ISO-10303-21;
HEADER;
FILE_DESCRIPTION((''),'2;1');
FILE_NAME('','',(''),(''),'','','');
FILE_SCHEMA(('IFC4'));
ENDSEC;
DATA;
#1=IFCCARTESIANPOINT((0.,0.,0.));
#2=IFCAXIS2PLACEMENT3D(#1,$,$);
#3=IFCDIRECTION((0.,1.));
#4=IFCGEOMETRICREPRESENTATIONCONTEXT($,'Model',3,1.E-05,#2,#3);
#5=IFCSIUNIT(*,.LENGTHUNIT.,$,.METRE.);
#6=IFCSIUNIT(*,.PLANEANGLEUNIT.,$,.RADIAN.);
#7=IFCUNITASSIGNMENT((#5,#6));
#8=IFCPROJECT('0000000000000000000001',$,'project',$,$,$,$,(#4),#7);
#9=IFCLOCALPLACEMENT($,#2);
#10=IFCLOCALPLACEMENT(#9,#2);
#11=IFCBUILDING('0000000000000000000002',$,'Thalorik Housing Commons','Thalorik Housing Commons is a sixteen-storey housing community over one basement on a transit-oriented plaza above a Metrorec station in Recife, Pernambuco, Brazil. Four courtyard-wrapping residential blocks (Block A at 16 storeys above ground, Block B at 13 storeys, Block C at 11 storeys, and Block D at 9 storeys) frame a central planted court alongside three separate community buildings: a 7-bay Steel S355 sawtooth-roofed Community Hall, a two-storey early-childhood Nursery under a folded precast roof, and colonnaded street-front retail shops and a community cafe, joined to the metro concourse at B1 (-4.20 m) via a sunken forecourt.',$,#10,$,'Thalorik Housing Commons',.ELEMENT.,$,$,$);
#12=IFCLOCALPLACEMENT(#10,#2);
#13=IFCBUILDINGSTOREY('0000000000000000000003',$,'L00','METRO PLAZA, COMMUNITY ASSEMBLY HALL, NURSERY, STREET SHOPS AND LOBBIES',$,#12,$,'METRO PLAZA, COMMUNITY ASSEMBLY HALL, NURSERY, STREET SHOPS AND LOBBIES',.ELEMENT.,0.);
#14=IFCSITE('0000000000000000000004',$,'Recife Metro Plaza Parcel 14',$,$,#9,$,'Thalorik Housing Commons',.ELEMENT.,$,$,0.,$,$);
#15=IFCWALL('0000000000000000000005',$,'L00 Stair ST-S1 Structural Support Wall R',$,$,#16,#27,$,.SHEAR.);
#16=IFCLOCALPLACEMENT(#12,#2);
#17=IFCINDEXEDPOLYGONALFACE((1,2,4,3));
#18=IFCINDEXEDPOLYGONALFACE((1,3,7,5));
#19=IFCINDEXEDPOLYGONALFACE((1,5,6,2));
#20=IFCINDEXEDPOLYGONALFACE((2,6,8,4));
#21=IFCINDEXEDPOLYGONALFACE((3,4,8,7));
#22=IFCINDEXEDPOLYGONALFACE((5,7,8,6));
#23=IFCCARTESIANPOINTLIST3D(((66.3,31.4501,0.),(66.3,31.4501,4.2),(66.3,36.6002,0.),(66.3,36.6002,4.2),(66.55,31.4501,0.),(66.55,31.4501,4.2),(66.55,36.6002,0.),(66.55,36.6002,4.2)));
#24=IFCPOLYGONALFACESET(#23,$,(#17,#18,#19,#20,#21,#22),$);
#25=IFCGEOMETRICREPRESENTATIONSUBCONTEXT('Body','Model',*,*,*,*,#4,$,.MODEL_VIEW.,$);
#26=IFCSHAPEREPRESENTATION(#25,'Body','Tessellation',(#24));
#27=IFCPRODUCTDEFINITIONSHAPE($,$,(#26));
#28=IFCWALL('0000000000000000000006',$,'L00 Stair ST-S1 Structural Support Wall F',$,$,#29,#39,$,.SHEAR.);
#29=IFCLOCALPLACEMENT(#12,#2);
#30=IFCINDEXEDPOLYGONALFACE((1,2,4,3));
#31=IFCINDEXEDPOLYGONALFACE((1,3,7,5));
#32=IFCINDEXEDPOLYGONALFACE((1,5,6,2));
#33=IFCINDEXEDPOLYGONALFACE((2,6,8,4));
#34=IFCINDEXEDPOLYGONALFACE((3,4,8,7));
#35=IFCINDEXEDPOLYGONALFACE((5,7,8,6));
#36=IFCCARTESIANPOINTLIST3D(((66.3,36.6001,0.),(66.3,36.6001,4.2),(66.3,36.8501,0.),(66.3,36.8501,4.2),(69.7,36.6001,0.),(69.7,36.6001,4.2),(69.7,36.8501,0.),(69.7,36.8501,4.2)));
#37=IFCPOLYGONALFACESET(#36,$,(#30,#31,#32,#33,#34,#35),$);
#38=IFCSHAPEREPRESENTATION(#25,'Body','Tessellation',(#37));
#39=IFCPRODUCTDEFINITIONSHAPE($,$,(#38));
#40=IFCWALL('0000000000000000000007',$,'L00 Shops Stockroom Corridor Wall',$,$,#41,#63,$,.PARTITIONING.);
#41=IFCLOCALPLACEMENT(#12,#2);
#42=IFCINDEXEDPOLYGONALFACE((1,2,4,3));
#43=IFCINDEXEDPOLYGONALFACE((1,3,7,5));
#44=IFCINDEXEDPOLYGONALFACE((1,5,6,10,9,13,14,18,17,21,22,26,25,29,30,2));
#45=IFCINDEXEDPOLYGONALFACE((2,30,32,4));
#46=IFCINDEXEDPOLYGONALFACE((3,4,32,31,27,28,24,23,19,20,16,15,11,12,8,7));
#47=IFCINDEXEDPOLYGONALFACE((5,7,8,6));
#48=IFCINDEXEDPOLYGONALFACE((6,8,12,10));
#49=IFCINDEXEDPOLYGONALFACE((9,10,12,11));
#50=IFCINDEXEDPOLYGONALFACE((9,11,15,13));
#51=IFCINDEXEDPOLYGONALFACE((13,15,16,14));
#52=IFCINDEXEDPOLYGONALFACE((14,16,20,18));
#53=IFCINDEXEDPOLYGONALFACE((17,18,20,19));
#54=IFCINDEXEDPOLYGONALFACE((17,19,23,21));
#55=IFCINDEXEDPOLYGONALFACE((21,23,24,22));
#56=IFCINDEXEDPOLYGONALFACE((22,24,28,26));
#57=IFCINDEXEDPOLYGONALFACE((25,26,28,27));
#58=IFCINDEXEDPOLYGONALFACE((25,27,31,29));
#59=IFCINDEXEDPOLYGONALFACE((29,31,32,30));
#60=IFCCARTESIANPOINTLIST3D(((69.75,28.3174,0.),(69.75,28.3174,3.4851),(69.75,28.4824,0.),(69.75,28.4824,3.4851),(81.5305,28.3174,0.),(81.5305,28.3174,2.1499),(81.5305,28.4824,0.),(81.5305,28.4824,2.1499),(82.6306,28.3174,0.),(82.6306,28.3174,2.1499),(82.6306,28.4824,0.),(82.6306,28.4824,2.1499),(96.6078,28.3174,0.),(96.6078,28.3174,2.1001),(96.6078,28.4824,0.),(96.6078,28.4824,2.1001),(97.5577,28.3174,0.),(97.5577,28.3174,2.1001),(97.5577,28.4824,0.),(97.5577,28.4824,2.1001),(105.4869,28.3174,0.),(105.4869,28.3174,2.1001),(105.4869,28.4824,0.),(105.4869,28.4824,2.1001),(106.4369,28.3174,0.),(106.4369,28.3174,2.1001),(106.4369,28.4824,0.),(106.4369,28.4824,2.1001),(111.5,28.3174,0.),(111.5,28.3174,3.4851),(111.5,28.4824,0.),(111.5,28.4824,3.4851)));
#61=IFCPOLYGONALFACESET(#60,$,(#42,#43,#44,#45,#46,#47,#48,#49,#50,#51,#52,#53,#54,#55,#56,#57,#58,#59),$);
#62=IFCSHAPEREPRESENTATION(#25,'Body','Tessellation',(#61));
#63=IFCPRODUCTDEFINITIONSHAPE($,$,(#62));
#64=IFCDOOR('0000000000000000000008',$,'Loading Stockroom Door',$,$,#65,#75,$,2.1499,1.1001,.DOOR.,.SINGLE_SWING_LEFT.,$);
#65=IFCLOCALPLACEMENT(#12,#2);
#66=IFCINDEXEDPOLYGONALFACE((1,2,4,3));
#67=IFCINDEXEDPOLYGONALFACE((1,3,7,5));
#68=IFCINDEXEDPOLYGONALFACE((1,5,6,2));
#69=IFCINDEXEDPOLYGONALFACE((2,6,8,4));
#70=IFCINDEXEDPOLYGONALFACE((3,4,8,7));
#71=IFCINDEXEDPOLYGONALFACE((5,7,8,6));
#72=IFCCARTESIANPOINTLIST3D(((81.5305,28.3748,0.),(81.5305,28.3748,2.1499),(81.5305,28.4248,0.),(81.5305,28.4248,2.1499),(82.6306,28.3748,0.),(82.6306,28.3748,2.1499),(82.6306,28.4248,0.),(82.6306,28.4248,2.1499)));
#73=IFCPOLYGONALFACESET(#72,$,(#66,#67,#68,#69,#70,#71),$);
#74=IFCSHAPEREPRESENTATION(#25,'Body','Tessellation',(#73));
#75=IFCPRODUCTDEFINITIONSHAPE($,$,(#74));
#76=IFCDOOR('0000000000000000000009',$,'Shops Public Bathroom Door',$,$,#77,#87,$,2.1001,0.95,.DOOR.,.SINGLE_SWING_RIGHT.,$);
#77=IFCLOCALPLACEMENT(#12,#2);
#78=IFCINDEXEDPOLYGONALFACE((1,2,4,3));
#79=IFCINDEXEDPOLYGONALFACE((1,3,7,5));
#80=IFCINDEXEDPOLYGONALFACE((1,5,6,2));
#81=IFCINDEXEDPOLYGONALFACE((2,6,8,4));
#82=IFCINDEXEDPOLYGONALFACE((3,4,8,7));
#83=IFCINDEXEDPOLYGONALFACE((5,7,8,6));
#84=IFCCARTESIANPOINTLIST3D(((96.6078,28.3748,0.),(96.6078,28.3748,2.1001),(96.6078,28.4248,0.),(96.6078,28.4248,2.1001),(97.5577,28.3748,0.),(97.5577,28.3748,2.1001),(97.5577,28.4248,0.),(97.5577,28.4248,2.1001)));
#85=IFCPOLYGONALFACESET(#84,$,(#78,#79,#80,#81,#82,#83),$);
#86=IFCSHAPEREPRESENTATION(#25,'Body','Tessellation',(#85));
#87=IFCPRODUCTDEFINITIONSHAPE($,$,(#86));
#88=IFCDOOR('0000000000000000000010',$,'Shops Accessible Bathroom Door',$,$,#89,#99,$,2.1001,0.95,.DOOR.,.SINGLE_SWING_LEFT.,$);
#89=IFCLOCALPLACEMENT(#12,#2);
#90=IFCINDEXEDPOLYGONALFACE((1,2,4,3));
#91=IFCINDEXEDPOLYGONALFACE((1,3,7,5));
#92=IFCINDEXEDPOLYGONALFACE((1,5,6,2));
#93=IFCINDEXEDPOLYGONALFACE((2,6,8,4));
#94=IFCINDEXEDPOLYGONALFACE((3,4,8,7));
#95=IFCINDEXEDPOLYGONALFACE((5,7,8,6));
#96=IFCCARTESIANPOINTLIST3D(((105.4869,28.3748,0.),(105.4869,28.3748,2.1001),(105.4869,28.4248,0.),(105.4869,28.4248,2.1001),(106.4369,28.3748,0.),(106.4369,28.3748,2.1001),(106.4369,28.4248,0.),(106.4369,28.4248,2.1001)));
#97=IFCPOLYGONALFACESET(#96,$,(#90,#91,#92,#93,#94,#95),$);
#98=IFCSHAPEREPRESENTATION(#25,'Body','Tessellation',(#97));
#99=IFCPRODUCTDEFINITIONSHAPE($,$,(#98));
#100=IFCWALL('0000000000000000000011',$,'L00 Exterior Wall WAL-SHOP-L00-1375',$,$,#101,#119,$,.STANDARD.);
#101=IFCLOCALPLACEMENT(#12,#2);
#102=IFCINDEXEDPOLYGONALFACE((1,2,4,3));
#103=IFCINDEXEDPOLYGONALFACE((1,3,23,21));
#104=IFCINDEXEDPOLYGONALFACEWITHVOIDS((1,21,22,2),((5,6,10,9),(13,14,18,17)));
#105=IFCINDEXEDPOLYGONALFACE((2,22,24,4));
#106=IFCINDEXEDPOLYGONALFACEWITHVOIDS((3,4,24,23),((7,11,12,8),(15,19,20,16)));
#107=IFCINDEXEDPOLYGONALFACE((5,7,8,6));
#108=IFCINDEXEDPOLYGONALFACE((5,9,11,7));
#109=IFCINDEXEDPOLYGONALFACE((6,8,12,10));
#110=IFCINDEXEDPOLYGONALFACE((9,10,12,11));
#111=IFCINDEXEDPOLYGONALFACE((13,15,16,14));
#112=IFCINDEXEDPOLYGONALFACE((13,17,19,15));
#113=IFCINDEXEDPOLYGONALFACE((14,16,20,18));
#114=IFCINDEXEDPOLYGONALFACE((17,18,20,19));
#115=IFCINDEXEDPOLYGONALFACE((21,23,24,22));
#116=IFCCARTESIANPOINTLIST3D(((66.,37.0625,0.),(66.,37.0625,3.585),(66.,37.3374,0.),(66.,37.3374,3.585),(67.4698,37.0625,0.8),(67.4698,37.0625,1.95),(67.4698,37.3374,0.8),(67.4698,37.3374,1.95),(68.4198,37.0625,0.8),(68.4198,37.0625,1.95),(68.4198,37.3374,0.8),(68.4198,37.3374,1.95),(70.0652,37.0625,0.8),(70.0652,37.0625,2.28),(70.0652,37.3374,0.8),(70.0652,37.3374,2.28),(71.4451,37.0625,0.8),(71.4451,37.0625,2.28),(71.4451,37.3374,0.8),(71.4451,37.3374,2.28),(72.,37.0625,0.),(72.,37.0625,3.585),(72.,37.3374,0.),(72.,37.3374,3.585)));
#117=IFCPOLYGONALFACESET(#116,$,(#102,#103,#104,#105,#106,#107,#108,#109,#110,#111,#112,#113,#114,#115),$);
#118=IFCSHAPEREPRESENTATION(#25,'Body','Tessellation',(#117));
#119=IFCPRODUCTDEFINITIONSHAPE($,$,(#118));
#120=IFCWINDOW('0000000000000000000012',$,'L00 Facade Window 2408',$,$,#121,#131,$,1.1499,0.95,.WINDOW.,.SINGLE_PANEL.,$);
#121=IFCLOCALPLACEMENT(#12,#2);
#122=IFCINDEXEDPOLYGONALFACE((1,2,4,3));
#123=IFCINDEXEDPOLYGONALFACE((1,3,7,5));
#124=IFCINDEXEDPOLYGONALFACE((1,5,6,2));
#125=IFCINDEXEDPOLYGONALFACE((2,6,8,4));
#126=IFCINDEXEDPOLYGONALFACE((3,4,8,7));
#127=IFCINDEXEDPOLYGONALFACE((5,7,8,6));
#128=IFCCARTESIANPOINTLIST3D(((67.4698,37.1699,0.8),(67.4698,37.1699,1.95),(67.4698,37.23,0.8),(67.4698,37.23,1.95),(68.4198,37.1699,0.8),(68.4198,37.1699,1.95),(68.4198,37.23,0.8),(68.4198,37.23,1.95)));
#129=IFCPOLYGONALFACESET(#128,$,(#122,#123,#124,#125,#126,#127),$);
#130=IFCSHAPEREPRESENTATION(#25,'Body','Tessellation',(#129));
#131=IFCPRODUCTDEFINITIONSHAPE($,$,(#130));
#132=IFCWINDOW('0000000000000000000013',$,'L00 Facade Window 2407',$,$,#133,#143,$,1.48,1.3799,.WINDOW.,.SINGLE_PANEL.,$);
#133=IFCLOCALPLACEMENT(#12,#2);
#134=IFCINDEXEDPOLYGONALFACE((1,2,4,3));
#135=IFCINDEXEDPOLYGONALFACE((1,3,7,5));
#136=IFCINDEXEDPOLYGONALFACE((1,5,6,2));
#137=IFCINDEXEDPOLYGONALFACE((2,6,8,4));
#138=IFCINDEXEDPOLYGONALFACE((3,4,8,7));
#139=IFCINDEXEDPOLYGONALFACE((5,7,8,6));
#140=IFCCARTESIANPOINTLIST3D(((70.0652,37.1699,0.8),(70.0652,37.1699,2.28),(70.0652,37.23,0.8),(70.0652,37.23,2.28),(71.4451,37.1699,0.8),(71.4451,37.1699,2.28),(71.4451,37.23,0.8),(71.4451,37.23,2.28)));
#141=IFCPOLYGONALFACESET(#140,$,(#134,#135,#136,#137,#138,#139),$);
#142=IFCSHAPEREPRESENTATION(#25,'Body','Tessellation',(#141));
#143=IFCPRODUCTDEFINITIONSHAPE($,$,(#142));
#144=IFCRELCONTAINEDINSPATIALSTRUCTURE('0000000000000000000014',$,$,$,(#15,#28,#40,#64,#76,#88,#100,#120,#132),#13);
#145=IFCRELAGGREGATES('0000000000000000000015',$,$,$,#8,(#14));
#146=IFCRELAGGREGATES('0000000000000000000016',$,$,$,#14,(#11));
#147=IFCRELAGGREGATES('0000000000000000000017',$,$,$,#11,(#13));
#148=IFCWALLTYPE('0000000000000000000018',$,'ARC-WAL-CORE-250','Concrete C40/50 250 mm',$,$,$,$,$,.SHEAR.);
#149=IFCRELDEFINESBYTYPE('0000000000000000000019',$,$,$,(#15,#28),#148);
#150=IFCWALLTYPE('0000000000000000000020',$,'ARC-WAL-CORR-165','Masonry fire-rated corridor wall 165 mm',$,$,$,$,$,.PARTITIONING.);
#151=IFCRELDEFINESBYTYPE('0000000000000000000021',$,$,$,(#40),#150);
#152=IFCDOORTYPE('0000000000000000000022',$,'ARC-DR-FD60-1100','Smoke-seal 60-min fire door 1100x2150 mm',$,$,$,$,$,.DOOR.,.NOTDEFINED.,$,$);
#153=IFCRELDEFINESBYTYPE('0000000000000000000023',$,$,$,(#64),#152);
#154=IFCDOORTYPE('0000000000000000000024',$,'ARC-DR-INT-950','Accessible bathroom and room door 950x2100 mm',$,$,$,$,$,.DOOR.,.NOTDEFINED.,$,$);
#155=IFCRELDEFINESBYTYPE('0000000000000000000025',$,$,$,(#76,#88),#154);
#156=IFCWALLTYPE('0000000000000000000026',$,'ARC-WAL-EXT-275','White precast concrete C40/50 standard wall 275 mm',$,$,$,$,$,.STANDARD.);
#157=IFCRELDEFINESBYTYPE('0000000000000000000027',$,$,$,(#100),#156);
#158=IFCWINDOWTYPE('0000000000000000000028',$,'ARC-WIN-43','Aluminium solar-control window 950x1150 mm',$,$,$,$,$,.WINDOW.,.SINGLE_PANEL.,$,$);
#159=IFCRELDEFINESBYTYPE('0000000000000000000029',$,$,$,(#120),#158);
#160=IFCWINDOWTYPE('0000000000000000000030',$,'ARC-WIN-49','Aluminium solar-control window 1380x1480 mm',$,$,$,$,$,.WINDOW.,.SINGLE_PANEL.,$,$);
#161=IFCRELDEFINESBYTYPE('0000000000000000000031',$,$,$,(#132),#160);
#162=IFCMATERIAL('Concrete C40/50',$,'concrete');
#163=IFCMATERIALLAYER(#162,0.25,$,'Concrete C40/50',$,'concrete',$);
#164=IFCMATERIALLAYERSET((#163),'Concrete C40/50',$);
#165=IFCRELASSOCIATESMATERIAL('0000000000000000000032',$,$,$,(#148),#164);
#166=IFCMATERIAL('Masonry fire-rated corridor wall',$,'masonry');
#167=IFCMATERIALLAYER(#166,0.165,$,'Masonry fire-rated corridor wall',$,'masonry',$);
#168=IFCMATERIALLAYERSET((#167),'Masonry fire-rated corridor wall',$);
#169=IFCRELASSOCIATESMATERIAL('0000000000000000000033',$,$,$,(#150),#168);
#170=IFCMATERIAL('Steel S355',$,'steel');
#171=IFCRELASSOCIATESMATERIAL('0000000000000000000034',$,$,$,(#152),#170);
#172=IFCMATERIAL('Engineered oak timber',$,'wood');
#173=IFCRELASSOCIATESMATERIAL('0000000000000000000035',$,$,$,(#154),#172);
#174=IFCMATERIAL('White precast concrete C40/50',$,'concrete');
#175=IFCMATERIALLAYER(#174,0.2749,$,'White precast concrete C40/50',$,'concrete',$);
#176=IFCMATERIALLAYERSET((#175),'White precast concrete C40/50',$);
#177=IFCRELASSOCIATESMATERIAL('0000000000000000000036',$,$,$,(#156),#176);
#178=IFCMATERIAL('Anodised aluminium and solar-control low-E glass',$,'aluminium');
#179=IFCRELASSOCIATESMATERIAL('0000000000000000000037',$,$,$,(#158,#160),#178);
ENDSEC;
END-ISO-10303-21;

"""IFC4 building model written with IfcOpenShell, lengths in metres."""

from ifc_helpers import new_model, si_unit, direction, frame, frame_2d, origin, place, context, subcontext, project, spatial, rectangle, extrude, material, layer, layer_set, type_object, element, fill, save


model = new_model("IFC4")

# Units and contexts
model_context = context("Model", 3, precision=1e-05, world=origin(), true_north=direction((0.0, 1.0)))
body_context = subcontext(model_context, "Body", "Model", "MODEL_VIEW")
ifc_project = project(units=[si_unit("LENGTHUNIT", "METRE"), si_unit("PLANEANGLEUNIT", "RADIAN")], contexts=[model_context])

# Site, building, storey
site_placement = place(None, origin())
site = spatial("IfcSite", under=ifc_project, at=site_placement, Name="Recife Metro Plaza Parcel 14", LongName="Thalorik Housing Commons", CompositionType="ELEMENT", RefElevation=0.0)
building_placement = place(site_placement, origin())
building = spatial("IfcBuilding", under=site, at=building_placement, Name="Thalorik Housing Commons", Description="Thalorik Housing Commons is a sixteen-storey housing community over one basement on a transit-oriented plaza above a Metrorec station in Recife, Pernambuco, Brazil. Four courtyard-wrapping residential blocks (Block A at 16 storeys above ground, Block B at 13 storeys, Block C at 11 storeys, and Block D at 9 storeys) frame a central planted court alongside three separate community buildings: a 7-bay Steel S355 sawtooth-roofed Community Hall, a two-storey early-childhood Nursery under a folded precast roof, and colonnaded street-front retail shops and a community cafe, joined to the metro concourse at B1 (-4.20 m) via a sunken forecourt.", LongName="Thalorik Housing Commons", CompositionType="ELEMENT")
storey_placement = place(building_placement, origin())
storey = spatial("IfcBuildingStorey", under=building, at=storey_placement, Name="L00", Description="METRO PLAZA, COMMUNITY ASSEMBLY HALL, NURSERY, STREET SHOPS AND LOBBIES", LongName="METRO PLAZA, COMMUNITY ASSEMBLY HALL, NURSERY, STREET SHOPS AND LOBBIES", CompositionType="ELEMENT", Elevation=0.0)

# Walls
ifc_material_1 = material(Name="Concrete C40/50", Category="concrete")
ifc_layer_1 = layer(ifc_material_1, 0.25, Name="Concrete C40/50", Category="concrete")
ifc_layer_set_1 = layer_set([ifc_layer_1], Name="Concrete C40/50")
wall_type_1 = type_object("IfcWallType", Name="ARC-WAL-CORE-250", Description="Concrete C40/50 250 mm", PredefinedType="SHEAR", material=ifc_layer_set_1)
wall_1_placement = place(storey_placement, frame((66.425, 31.45, 0.0), z_axis=(0.0, 0.0, 1.0), x_axis=(0.0, 1.0, 0.0)))
element("IfcWall", 1, at=wall_1_placement, inside=storey, type_object=wall_type_1, Name="L00 Stair ST-S1 Structural Support Wall R", PredefinedType="SHEAR", context=body_context, shape_type="SweptSolid", body=[
    extrude(rectangle(XDim=5.1501, YDim=0.25, at=frame_2d((2.5752, 0.0))), origin(), (0.0, 0.0, 1.0), 4.2),
])
wall_2_placement = place(storey_placement, frame((69.7, 36.7251, 0.0), z_axis=(0.0, 0.0, 1.0), x_axis=(-1.0, 0.0, 0.0)))
element("IfcWall", 2, at=wall_2_placement, inside=storey, type_object=wall_type_1, Name="L00 Stair ST-S1 Structural Support Wall F", PredefinedType="SHEAR", context=body_context, shape_type="SweptSolid", body=[
    extrude(rectangle(XDim=3.3999, YDim=0.25, at=frame_2d((1.7, 0.0))), origin(), (0.0, 0.0, 1.0), 4.2),
])

# Wall, openings, doors
ifc_material_2 = material(Name="Masonry fire-rated corridor wall", Category="masonry")
ifc_layer_2 = layer(ifc_material_2, 0.165, Name="Masonry fire-rated corridor wall", Category="masonry")
ifc_layer_set_2 = layer_set([ifc_layer_2], Name="Masonry fire-rated corridor wall")
wall_type_2 = type_object("IfcWallType", Name="ARC-WAL-CORR-165", Description="Masonry fire-rated corridor wall 165 mm", PredefinedType="PARTITIONING", material=ifc_layer_set_2)
wall_3_placement = place(storey_placement, frame((69.75, 28.3999, 0.0), z_axis=(0.0, 0.0, 1.0), x_axis=(1.0, 0.0, 0.0)))
wall_3 = element("IfcWall", 3, at=wall_3_placement, inside=storey, type_object=wall_type_2, Name="L00 Shops Stockroom Corridor Wall", PredefinedType="PARTITIONING", context=body_context, shape_type="SweptSolid", body=[
    extrude(rectangle(XDim=41.75, YDim=0.165, at=frame_2d((20.875, 0.0))), origin(), (0.0, 0.0, 1.0), 3.4851),
])
opening_1_placement = place(wall_3_placement, frame((11.7805, 0.0, 0.0)))
opening_1 = element("IfcOpeningElement", 4, at=opening_1_placement, cuts=wall_3, PredefinedType="OPENING", context=body_context, shape_type="SweptSolid", body=[
    extrude(rectangle(XDim=1.1001, YDim=2.1499, at=frame_2d((0.55, 1.075))), frame((0.0, 0.0925, 0.0), z_axis=(0.0, -1.0, 0.0), x_axis=(1.0, 0.0, 0.0)), (0.0, 0.0, 1.0), 0.1851),
])
opening_2_placement = place(wall_3_placement, frame((26.8577, 0.0, 0.0)))
opening_2 = element("IfcOpeningElement", 5, at=opening_2_placement, cuts=wall_3, PredefinedType="OPENING", context=body_context, shape_type="SweptSolid", body=[
    extrude(rectangle(XDim=0.95, YDim=2.1001, at=frame_2d((0.4751, 1.05))), frame((0.0, 0.0925, 0.0), z_axis=(0.0, -1.0, 0.0), x_axis=(1.0, 0.0, 0.0)), (0.0, 0.0, 1.0), 0.1851),
])
opening_3_placement = place(wall_3_placement, frame((35.7368, 0.0, 0.0)))
opening_3 = element("IfcOpeningElement", 6, at=opening_3_placement, cuts=wall_3, PredefinedType="OPENING", context=body_context, shape_type="SweptSolid", body=[
    extrude(rectangle(XDim=0.95, YDim=2.1001, at=frame_2d((0.4751, 1.05))), frame((0.0, 0.0925, 0.0), z_axis=(0.0, -1.0, 0.0), x_axis=(1.0, 0.0, 0.0)), (0.0, 0.0, 1.0), 0.1851),
])
ifc_material_3 = material(Name="Steel S355", Category="steel")
door_type_1 = type_object("IfcDoorType", Name="ARC-DR-FD60-1100", Description="Smoke-seal 60-min fire door 1100x2150 mm", OperationType="NOTDEFINED", PredefinedType="DOOR", material=ifc_material_3)
door_1_placement = place(opening_1_placement, origin())
door_1 = element("IfcDoor", 7, at=door_1_placement, inside=storey, type_object=door_type_1, Name="Loading Stockroom Door", OperationType="SINGLE_SWING_LEFT", OverallHeight=2.1499, OverallWidth=1.1001, PredefinedType="DOOR", context=body_context, shape_type="SweptSolid", body=[
    extrude(rectangle(XDim=1.1001, YDim=2.1499, at=frame_2d((0.55, 1.075))), frame((0.0, 0.0249, 0.0), z_axis=(0.0, -1.0, 0.0), x_axis=(1.0, 0.0, 0.0)), (0.0, 0.0, 1.0), 0.05),
])
fill(opening_1, door_1)
ifc_material_4 = material(Name="Engineered oak timber", Category="wood")
door_type_2 = type_object("IfcDoorType", Name="ARC-DR-INT-950", Description="Accessible bathroom and room door 950x2100 mm", OperationType="NOTDEFINED", PredefinedType="DOOR", material=ifc_material_4)
door_2_placement = place(opening_2_placement, origin())
door_2 = element("IfcDoor", 8, at=door_2_placement, inside=storey, type_object=door_type_2, Name="Shops Public Bathroom Door", OperationType="SINGLE_SWING_RIGHT", OverallHeight=2.1001, OverallWidth=0.95, PredefinedType="DOOR", context=body_context, shape_type="SweptSolid", body=[
    extrude(rectangle(XDim=0.95, YDim=2.1001, at=frame_2d((0.4751, 1.05))), frame((0.0, 0.0249, 0.0), z_axis=(0.0, -1.0, 0.0), x_axis=(1.0, 0.0, 0.0)), (0.0, 0.0, 1.0), 0.05),
])
fill(opening_2, door_2)
door_3_placement = place(opening_3_placement, origin())
door_3 = element("IfcDoor", 9, at=door_3_placement, inside=storey, type_object=door_type_2, Name="Shops Accessible Bathroom Door", OperationType="SINGLE_SWING_LEFT", OverallHeight=2.1001, OverallWidth=0.95, PredefinedType="DOOR", context=body_context, shape_type="SweptSolid", body=[
    extrude(rectangle(XDim=0.95, YDim=2.1001, at=frame_2d((0.4751, 1.05))), frame((0.0, 0.0249, 0.0), z_axis=(0.0, -1.0, 0.0), x_axis=(1.0, 0.0, 0.0)), (0.0, 0.0, 1.0), 0.05),
])
fill(opening_3, door_3)

# Wall, openings, windows
ifc_material_5 = material(Name="White precast concrete C40/50", Category="concrete")
ifc_layer_3 = layer(ifc_material_5, 0.2749, Name="White precast concrete C40/50", Category="concrete")
ifc_layer_set_3 = layer_set([ifc_layer_3], Name="White precast concrete C40/50")
wall_type_3 = type_object("IfcWallType", Name="ARC-WAL-EXT-275", Description="White precast concrete C40/50 standard wall 275 mm", PredefinedType="STANDARD", material=ifc_layer_set_3)
wall_4_placement = place(storey_placement, frame((72.0, 37.2, 0.0), z_axis=(0.0, 0.0, 1.0), x_axis=(-1.0, 0.0, 0.0)))
wall_4 = element("IfcWall", 10, at=wall_4_placement, inside=storey, type_object=wall_type_3, Name="L00 Exterior Wall WAL-SHOP-L00-1375", PredefinedType="STANDARD", context=body_context, shape_type="SweptSolid", body=[
    extrude(rectangle(XDim=6.0, YDim=0.2749, at=frame_2d((3.0, 0.0))), origin(), (0.0, 0.0, 1.0), 3.585),
])
opening_4_placement = place(wall_4_placement, frame((0.5549, 0.0, 0.8)))
opening_4 = element("IfcOpeningElement", 11, at=opening_4_placement, cuts=wall_4, PredefinedType="OPENING", context=body_context, shape_type="SweptSolid", body=[
    extrude(rectangle(XDim=1.3799, YDim=1.48, at=frame_2d((0.6899, 0.74))), frame((0.0, 0.1475, 0.0), z_axis=(0.0, -1.0, 0.0), x_axis=(1.0, 0.0, 0.0)), (0.0, 0.0, 1.0), 0.2949),
])
opening_5_placement = place(wall_4_placement, frame((3.5801, 0.0, 0.8)))
opening_5 = element("IfcOpeningElement", 12, at=opening_5_placement, cuts=wall_4, PredefinedType="OPENING", context=body_context, shape_type="SweptSolid", body=[
    extrude(rectangle(XDim=0.95, YDim=1.1499, at=frame_2d((0.4751, 0.575))), frame((0.0, 0.1475, 0.0), z_axis=(0.0, -1.0, 0.0), x_axis=(1.0, 0.0, 0.0)), (0.0, 0.0, 1.0), 0.2949),
])
ifc_material_6 = material(Name="Anodised aluminium and solar-control low-E glass", Category="aluminium")
window_type_1 = type_object("IfcWindowType", Name="ARC-WIN-43", Description="Aluminium solar-control window 950x1150 mm", PartitioningType="SINGLE_PANEL", PredefinedType="WINDOW", material=ifc_material_6)
window_1_placement = place(opening_5_placement, origin())
window_1 = element("IfcWindow", 13, at=window_1_placement, inside=storey, type_object=window_type_1, Name="L00 Facade Window 2408", OverallHeight=1.1499, OverallWidth=0.95, PartitioningType="SINGLE_PANEL", PredefinedType="WINDOW", context=body_context, shape_type="SweptSolid", body=[
    extrude(rectangle(XDim=0.95, YDim=1.1499, at=frame_2d((0.4751, 0.575))), frame((0.0, 0.03, 0.0), z_axis=(0.0, -1.0, 0.0), x_axis=(1.0, 0.0, 0.0)), (0.0, 0.0, 1.0), 0.0601),
])
fill(opening_5, window_1)
window_type_2 = type_object("IfcWindowType", Name="ARC-WIN-49", Description="Aluminium solar-control window 1380x1480 mm", PartitioningType="SINGLE_PANEL", PredefinedType="WINDOW", material=ifc_material_6)
window_2_placement = place(opening_4_placement, origin())
window_2 = element("IfcWindow", 14, at=window_2_placement, inside=storey, type_object=window_type_2, Name="L00 Facade Window 2407", OverallHeight=1.48, OverallWidth=1.3799, PartitioningType="SINGLE_PANEL", PredefinedType="WINDOW", context=body_context, shape_type="SweptSolid", body=[
    extrude(rectangle(XDim=1.3799, YDim=1.48, at=frame_2d((0.6899, 0.74))), frame((0.0, 0.03, 0.0), z_axis=(0.0, -1.0, 0.0), x_axis=(1.0, 0.0, 0.0)), (0.0, 0.0, 1.0), 0.0601),
])
fill(opening_4, window_2)

save(model, "model.ifc")
